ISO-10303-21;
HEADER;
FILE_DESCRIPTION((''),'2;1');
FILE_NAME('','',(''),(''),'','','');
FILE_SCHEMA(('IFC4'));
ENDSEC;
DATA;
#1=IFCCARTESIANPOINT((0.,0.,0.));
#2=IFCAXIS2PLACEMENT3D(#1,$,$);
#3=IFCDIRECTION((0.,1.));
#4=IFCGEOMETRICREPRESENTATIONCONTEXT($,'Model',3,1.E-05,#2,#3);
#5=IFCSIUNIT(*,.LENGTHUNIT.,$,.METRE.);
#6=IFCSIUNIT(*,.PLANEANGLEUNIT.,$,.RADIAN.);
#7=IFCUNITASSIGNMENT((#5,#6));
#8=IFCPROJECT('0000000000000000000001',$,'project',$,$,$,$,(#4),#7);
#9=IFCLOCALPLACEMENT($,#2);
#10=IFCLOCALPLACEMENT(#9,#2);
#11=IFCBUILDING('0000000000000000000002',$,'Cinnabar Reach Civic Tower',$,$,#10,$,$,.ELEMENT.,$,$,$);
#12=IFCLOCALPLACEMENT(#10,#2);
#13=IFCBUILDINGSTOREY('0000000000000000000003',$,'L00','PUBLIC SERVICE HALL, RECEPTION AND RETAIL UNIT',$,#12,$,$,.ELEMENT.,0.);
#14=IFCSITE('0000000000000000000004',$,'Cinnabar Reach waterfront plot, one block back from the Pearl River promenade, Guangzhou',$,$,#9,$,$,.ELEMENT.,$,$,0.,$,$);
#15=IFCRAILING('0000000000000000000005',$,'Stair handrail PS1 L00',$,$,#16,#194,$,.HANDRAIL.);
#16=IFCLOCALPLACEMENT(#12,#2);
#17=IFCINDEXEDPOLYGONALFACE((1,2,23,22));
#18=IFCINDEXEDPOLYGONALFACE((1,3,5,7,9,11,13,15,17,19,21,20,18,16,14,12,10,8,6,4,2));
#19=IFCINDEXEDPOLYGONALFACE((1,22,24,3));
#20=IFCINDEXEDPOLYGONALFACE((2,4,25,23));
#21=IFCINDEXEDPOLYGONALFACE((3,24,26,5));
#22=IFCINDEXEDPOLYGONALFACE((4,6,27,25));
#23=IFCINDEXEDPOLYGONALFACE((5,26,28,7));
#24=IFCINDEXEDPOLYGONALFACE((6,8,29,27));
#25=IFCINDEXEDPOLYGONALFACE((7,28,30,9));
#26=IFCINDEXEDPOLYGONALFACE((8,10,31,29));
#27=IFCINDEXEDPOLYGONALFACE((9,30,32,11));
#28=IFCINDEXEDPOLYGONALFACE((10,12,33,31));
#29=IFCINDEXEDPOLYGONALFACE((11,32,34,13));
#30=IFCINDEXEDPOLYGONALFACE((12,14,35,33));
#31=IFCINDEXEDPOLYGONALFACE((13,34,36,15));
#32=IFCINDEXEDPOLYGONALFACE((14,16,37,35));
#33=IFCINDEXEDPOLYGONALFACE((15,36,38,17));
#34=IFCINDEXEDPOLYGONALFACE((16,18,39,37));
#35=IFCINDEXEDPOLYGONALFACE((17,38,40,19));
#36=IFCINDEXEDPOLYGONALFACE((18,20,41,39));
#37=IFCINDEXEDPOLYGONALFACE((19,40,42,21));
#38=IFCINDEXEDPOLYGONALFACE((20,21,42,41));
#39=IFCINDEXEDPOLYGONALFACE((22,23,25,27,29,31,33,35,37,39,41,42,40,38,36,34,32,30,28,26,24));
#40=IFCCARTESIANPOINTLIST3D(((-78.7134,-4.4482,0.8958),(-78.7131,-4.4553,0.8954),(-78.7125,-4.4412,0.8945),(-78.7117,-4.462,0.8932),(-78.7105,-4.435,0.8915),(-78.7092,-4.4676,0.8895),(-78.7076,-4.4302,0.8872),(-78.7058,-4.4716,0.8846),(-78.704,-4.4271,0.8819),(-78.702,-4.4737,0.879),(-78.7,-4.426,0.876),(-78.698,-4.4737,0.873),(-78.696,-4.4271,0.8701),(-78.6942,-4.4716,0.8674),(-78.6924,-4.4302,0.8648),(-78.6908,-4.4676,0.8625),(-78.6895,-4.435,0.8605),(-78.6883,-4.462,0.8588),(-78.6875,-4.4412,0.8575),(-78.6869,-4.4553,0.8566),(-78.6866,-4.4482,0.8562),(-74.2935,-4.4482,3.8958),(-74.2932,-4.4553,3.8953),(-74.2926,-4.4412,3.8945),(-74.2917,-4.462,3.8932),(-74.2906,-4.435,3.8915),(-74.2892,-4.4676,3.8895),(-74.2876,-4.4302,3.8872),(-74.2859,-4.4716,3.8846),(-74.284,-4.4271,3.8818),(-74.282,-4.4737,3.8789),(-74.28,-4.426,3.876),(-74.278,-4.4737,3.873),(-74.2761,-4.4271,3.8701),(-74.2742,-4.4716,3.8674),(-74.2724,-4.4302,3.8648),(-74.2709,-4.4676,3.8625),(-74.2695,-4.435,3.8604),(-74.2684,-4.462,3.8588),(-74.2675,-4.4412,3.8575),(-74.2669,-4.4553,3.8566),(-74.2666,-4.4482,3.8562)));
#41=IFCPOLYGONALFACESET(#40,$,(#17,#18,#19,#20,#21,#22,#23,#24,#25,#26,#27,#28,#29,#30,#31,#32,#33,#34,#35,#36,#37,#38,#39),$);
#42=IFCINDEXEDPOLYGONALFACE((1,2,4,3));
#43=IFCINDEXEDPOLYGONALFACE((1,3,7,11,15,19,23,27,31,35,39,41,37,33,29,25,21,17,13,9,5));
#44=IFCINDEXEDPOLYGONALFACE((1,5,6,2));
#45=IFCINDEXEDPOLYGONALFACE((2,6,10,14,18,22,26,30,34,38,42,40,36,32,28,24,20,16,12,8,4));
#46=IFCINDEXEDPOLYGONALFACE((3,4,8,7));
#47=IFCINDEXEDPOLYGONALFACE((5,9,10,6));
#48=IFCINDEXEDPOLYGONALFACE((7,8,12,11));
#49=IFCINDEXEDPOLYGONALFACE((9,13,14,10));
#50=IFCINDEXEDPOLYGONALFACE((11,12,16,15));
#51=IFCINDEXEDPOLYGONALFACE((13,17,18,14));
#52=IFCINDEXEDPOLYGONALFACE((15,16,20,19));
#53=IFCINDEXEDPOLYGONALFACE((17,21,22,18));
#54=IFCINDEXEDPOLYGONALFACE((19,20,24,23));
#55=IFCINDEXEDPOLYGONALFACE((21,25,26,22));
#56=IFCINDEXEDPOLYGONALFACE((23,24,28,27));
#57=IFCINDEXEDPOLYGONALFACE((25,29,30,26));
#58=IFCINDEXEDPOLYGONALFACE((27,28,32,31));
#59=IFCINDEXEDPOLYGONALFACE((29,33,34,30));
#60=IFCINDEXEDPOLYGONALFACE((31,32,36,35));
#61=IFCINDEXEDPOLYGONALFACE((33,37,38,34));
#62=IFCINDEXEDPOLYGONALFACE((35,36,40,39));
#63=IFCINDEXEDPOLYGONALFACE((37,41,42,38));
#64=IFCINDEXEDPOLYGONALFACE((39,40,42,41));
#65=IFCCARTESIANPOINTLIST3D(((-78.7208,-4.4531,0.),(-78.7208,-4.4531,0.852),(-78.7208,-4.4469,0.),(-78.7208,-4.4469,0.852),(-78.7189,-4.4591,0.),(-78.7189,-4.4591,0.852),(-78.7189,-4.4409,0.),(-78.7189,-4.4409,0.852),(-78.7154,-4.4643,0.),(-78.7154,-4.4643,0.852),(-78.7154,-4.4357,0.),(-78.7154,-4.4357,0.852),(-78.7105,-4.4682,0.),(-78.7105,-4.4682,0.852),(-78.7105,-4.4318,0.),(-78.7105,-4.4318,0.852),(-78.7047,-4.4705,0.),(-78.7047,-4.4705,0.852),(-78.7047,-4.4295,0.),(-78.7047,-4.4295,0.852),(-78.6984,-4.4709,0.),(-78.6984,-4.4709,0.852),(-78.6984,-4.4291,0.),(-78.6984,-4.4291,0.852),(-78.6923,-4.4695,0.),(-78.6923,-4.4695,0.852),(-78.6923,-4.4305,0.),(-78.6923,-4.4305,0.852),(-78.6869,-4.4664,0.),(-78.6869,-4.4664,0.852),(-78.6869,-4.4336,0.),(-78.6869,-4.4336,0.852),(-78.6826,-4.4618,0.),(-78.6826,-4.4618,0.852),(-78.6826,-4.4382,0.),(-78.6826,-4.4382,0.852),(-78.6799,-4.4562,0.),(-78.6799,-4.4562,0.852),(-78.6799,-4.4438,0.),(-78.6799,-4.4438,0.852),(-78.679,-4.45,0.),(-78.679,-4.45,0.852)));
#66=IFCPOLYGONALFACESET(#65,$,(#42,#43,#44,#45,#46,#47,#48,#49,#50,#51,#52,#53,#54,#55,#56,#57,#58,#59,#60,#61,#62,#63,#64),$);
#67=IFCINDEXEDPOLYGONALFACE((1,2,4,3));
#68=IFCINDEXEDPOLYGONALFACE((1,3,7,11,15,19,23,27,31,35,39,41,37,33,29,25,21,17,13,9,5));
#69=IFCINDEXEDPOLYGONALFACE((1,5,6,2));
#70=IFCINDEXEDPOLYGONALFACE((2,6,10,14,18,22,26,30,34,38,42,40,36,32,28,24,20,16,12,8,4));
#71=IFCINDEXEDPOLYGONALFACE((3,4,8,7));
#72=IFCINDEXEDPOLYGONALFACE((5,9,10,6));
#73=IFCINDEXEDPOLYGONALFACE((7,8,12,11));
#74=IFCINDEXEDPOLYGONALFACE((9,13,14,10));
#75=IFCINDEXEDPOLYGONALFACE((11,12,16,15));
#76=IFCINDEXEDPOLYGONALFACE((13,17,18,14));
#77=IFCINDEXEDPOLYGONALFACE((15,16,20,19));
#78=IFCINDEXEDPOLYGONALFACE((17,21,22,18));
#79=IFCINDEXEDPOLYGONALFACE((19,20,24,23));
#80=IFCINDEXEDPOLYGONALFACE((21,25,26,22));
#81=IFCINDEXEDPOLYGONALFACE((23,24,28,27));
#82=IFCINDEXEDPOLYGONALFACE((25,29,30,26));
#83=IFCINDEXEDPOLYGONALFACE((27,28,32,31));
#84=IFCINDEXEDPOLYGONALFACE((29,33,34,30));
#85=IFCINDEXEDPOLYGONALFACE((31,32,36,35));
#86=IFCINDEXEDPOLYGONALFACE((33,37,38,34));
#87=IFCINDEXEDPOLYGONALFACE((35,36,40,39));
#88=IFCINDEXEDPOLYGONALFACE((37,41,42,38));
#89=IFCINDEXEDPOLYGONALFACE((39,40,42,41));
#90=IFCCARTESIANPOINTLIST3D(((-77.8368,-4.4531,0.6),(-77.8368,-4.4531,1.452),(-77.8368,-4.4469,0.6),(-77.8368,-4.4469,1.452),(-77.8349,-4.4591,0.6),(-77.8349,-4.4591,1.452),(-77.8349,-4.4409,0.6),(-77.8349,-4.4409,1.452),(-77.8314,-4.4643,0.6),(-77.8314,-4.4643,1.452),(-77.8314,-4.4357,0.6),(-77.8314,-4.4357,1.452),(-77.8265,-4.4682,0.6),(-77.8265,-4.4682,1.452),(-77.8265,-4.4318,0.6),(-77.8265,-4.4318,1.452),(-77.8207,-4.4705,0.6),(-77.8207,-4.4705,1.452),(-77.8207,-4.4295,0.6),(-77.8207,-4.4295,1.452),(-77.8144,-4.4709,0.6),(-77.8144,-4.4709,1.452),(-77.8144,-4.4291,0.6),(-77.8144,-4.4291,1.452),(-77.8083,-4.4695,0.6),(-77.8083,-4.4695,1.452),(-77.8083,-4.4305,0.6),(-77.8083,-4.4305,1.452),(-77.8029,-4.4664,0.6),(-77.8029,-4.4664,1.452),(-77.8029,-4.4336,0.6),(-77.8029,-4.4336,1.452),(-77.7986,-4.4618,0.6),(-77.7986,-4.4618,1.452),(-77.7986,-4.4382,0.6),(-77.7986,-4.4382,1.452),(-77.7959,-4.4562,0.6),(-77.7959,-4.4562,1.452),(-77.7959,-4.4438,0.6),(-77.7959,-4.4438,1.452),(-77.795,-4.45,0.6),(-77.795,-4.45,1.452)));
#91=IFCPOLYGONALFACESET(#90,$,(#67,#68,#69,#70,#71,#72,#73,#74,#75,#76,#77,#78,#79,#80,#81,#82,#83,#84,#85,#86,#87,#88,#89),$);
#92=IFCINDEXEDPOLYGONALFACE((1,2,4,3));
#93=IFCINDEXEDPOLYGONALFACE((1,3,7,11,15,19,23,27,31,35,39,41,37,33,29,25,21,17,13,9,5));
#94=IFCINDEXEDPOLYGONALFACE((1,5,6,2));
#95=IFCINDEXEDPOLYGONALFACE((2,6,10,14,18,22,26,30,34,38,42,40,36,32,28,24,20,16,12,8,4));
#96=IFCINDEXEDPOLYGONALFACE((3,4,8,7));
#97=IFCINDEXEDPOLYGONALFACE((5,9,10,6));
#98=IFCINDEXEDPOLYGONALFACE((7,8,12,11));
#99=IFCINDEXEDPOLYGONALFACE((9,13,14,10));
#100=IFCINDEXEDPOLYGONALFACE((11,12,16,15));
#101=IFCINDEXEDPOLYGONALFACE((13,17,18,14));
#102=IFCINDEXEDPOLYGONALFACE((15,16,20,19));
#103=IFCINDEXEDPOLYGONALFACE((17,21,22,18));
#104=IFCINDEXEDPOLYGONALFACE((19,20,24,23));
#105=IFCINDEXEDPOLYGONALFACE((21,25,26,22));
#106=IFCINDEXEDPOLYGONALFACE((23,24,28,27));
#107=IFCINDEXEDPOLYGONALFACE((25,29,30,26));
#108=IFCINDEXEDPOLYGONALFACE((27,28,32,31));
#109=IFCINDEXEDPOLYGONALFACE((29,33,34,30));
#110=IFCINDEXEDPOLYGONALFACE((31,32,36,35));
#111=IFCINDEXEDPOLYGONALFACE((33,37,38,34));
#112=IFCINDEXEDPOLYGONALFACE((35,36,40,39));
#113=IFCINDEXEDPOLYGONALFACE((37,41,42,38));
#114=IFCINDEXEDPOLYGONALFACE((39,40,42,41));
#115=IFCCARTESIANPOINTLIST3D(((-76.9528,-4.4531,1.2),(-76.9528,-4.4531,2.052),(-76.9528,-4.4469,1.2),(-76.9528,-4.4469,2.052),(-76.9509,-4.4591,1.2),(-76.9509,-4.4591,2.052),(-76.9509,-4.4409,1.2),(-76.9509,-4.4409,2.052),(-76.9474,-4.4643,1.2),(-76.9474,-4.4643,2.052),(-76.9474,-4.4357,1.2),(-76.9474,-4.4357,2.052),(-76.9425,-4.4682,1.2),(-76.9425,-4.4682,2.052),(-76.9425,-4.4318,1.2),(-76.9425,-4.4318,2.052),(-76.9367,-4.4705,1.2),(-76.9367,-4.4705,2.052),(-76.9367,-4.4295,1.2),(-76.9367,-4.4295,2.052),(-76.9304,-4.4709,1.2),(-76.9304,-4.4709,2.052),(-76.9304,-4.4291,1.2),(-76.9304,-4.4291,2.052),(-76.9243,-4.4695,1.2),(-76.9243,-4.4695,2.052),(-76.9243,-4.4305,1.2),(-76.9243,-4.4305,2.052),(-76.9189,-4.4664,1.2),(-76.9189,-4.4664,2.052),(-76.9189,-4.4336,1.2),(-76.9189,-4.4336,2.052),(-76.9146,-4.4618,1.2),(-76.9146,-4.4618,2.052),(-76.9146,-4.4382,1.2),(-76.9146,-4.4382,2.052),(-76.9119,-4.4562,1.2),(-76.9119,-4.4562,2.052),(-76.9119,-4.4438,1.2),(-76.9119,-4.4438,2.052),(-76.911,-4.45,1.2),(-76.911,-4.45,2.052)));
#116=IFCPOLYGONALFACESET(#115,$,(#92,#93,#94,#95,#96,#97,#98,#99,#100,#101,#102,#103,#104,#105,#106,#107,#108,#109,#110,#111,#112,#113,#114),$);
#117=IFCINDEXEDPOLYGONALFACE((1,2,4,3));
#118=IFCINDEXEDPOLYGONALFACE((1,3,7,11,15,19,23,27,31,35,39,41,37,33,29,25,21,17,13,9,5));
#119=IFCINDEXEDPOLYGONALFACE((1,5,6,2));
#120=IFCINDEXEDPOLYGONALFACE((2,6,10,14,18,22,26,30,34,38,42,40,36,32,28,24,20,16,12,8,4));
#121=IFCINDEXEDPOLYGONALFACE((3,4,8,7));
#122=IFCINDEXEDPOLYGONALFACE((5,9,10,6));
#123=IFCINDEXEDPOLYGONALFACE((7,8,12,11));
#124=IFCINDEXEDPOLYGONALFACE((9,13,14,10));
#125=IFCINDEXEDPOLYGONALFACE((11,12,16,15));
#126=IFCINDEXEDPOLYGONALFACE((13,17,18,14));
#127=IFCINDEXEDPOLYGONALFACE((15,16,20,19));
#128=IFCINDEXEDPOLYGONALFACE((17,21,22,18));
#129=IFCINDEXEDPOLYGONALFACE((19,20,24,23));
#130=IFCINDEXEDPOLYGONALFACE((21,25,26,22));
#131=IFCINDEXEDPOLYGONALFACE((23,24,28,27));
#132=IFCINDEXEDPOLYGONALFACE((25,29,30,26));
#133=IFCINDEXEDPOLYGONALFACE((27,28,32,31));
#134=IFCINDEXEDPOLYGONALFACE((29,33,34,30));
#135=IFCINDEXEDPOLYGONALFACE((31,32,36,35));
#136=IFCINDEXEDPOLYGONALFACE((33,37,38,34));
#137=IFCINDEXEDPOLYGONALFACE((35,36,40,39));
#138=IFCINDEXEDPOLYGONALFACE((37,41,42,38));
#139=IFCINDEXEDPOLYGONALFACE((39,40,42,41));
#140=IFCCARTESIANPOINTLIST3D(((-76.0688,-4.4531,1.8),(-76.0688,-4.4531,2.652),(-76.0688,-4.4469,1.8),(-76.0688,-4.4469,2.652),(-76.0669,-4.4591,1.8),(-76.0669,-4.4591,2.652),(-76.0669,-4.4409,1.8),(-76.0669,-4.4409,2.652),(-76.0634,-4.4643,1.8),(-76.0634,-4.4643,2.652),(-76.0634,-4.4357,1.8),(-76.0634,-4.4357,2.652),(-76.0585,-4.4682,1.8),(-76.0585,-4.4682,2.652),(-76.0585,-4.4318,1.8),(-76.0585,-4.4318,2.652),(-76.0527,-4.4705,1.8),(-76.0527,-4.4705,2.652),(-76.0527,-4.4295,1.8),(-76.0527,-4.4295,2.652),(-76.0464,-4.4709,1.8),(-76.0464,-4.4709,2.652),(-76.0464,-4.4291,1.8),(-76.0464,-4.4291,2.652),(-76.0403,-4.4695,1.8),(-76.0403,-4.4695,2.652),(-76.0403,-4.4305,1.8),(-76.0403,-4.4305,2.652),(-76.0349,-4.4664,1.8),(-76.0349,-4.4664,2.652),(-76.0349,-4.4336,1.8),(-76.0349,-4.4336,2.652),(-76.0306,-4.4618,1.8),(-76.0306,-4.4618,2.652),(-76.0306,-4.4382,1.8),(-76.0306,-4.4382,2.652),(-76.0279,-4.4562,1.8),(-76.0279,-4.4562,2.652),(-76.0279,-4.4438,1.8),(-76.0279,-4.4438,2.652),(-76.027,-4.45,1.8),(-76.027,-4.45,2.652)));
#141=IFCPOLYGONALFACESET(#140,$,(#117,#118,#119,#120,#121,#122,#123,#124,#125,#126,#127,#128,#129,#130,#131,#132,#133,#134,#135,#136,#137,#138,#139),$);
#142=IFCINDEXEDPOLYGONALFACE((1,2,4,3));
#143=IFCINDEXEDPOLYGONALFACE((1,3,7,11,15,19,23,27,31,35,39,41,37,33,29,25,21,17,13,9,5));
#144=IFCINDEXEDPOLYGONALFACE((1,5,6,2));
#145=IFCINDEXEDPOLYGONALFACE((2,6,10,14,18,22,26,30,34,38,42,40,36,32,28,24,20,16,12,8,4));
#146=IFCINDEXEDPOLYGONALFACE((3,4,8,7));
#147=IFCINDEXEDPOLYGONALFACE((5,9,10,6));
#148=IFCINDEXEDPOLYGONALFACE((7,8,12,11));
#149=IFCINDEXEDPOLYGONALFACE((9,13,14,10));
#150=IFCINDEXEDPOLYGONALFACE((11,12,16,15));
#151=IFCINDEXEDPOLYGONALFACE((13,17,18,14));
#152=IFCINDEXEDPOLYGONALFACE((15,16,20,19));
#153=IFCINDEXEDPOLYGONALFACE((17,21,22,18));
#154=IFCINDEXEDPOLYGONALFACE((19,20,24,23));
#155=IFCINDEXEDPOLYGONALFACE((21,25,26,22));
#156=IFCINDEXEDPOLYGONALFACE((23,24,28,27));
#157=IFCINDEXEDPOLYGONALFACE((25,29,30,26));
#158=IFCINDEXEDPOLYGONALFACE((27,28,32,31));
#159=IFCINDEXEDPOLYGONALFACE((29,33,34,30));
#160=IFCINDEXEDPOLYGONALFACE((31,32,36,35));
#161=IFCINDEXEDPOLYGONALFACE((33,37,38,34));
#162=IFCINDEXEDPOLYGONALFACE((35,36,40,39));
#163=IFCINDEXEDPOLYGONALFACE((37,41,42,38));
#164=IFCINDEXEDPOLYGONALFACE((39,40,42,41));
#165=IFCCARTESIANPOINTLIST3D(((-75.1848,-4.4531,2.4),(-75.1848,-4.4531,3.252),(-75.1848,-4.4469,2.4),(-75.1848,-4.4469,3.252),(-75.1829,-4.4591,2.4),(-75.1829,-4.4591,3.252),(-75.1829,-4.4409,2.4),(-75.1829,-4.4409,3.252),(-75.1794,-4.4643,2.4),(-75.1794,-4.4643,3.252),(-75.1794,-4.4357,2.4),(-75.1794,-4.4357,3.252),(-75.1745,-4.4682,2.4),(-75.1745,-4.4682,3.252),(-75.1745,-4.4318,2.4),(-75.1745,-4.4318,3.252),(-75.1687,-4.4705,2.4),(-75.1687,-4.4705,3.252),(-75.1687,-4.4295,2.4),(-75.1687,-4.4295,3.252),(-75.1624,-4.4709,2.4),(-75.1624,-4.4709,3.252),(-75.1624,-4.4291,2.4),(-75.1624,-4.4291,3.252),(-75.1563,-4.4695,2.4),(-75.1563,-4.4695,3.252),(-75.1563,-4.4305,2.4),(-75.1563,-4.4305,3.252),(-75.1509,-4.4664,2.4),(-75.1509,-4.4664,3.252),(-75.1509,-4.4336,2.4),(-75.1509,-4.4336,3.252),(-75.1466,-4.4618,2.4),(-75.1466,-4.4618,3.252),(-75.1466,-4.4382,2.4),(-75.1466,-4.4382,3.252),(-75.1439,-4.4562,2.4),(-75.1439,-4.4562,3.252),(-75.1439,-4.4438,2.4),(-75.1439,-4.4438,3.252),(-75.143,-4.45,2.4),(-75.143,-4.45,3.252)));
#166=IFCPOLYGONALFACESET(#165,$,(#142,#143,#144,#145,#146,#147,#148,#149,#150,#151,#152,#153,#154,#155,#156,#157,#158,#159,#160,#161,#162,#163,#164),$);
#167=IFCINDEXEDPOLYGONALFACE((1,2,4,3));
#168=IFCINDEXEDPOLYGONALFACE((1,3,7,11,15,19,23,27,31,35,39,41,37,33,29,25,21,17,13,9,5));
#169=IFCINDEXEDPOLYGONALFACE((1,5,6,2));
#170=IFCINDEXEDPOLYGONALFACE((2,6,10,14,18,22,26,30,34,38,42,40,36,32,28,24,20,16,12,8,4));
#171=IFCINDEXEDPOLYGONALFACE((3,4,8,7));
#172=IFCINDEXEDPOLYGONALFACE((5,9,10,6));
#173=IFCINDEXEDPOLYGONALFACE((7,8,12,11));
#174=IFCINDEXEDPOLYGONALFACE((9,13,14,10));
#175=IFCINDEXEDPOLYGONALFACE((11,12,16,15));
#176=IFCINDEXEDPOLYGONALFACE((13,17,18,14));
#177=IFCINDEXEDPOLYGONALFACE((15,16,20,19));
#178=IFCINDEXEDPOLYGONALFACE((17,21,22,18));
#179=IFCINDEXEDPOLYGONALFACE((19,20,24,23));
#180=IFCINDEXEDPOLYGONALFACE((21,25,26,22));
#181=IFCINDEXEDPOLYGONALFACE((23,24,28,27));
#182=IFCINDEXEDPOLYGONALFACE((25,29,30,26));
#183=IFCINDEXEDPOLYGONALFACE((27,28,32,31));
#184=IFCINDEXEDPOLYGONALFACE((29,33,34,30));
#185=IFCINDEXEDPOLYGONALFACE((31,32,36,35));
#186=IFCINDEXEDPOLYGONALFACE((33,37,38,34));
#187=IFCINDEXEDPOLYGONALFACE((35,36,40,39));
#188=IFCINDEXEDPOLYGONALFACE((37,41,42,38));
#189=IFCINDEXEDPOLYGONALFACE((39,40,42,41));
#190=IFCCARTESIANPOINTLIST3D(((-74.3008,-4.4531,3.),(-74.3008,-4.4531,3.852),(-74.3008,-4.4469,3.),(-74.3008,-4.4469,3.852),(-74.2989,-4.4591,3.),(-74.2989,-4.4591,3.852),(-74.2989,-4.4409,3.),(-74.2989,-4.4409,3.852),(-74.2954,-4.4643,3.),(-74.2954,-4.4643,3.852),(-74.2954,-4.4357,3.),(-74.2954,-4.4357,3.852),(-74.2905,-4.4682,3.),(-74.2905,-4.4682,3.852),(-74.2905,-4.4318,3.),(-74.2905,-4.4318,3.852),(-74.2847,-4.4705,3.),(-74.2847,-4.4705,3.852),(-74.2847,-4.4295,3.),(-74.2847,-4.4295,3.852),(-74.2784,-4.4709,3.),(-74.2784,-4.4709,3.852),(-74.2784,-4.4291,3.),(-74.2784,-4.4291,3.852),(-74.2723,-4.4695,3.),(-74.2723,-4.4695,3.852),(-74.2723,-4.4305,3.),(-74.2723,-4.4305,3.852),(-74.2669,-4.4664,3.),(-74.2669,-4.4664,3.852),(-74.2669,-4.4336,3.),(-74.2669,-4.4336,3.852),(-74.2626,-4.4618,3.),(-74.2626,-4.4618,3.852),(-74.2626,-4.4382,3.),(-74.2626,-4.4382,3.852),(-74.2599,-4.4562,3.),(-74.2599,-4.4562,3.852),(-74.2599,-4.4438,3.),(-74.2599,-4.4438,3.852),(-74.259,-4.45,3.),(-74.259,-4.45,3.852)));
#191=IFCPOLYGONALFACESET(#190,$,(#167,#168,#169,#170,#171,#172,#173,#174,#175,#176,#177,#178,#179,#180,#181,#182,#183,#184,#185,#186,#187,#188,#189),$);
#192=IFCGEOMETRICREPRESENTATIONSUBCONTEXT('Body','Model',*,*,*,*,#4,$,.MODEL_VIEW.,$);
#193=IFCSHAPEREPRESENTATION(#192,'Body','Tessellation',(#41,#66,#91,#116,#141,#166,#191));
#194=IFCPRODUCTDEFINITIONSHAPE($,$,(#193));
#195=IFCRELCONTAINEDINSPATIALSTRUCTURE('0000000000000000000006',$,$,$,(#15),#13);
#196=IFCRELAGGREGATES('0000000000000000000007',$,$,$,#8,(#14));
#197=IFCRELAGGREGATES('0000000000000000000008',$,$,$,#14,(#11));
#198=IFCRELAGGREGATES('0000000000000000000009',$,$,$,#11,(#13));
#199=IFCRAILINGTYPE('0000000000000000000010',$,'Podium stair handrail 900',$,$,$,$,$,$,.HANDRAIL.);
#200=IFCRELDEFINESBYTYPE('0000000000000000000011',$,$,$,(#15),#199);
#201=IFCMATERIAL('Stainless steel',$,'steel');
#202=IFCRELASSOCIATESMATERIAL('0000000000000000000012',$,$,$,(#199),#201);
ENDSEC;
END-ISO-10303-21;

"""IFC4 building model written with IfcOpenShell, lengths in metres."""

from ifc_helpers import new_model, si_unit, direction, frame, origin, origin_2d, place, context, subcontext, project, spatial, circle, extrude, material, type_object, element, save


model = new_model("IFC4")

# Units and contexts
model_context = context("Model", 3, precision=1e-05, world=origin(), true_north=direction((0.0, 1.0)))
body_context = subcontext(model_context, "Body", "Model", "MODEL_VIEW")
ifc_project = project(units=[si_unit("LENGTHUNIT", "METRE"), si_unit("PLANEANGLEUNIT", "RADIAN")], contexts=[model_context])

# Site, building, storey
site_placement = place(None, origin())
site = spatial("IfcSite", under=ifc_project, at=site_placement, Name="Cinnabar Reach waterfront plot, one block back from the Pearl River promenade, Guangzhou", CompositionType="ELEMENT", RefElevation=0.0)
building_placement = place(site_placement, origin())
building = spatial("IfcBuilding", under=site, at=building_placement, Name="Cinnabar Reach Civic Tower", CompositionType="ELEMENT")
storey_placement = place(building_placement, origin())
storey = spatial("IfcBuildingStorey", under=building, at=storey_placement, Name="L00", Description="PUBLIC SERVICE HALL, RECEPTION AND RETAIL UNIT", CompositionType="ELEMENT", Elevation=0.0)

# Railing
ifc_material_1 = material(Name="Stainless steel", Category="steel")
railing_type_1 = type_object("IfcRailingType", Name="Podium stair handrail 900", PredefinedType="HANDRAIL", material=ifc_material_1)
railing_1_placement = place(storey_placement, frame((-78.7, -4.45, 0.0)))
element("IfcRailing", 1, at=railing_1_placement, inside=storey, type_object=railing_type_1, Name="Stair handrail PS1 L00", PredefinedType="HANDRAIL", context=body_context, shape_type="SweptSolid", body=[
    extrude(circle(Radius=0.024, at=origin_2d()), frame((0.0, 0.0, 0.876), z_axis=(0.827414, 0.0, 0.561593), x_axis=(0.0, 1.0, 0.0)), (0.0, 0.0, 1.0), 5.3419),
    extrude(circle(Radius=0.021, at=origin_2d()), origin(), (0.0, 0.0, 1.0), 0.852),
    extrude(circle(Radius=0.021, at=origin_2d()), frame((0.884, 0.0, 0.6)), (0.0, 0.0, 1.0), 0.852),
    extrude(circle(Radius=0.021, at=origin_2d()), frame((1.768, 0.0, 1.2)), (0.0, 0.0, 1.0), 0.852),
    extrude(circle(Radius=0.021, at=origin_2d()), frame((2.652, 0.0, 1.8)), (0.0, 0.0, 1.0), 0.852),
    extrude(circle(Radius=0.021, at=origin_2d()), frame((3.536, 0.0, 2.4)), (0.0, 0.0, 1.0), 0.852),
    extrude(circle(Radius=0.021, at=origin_2d()), frame((4.42, 0.0, 3.0)), (0.0, 0.0, 1.0), 0.852),
])

save(model, "model.ifc")
